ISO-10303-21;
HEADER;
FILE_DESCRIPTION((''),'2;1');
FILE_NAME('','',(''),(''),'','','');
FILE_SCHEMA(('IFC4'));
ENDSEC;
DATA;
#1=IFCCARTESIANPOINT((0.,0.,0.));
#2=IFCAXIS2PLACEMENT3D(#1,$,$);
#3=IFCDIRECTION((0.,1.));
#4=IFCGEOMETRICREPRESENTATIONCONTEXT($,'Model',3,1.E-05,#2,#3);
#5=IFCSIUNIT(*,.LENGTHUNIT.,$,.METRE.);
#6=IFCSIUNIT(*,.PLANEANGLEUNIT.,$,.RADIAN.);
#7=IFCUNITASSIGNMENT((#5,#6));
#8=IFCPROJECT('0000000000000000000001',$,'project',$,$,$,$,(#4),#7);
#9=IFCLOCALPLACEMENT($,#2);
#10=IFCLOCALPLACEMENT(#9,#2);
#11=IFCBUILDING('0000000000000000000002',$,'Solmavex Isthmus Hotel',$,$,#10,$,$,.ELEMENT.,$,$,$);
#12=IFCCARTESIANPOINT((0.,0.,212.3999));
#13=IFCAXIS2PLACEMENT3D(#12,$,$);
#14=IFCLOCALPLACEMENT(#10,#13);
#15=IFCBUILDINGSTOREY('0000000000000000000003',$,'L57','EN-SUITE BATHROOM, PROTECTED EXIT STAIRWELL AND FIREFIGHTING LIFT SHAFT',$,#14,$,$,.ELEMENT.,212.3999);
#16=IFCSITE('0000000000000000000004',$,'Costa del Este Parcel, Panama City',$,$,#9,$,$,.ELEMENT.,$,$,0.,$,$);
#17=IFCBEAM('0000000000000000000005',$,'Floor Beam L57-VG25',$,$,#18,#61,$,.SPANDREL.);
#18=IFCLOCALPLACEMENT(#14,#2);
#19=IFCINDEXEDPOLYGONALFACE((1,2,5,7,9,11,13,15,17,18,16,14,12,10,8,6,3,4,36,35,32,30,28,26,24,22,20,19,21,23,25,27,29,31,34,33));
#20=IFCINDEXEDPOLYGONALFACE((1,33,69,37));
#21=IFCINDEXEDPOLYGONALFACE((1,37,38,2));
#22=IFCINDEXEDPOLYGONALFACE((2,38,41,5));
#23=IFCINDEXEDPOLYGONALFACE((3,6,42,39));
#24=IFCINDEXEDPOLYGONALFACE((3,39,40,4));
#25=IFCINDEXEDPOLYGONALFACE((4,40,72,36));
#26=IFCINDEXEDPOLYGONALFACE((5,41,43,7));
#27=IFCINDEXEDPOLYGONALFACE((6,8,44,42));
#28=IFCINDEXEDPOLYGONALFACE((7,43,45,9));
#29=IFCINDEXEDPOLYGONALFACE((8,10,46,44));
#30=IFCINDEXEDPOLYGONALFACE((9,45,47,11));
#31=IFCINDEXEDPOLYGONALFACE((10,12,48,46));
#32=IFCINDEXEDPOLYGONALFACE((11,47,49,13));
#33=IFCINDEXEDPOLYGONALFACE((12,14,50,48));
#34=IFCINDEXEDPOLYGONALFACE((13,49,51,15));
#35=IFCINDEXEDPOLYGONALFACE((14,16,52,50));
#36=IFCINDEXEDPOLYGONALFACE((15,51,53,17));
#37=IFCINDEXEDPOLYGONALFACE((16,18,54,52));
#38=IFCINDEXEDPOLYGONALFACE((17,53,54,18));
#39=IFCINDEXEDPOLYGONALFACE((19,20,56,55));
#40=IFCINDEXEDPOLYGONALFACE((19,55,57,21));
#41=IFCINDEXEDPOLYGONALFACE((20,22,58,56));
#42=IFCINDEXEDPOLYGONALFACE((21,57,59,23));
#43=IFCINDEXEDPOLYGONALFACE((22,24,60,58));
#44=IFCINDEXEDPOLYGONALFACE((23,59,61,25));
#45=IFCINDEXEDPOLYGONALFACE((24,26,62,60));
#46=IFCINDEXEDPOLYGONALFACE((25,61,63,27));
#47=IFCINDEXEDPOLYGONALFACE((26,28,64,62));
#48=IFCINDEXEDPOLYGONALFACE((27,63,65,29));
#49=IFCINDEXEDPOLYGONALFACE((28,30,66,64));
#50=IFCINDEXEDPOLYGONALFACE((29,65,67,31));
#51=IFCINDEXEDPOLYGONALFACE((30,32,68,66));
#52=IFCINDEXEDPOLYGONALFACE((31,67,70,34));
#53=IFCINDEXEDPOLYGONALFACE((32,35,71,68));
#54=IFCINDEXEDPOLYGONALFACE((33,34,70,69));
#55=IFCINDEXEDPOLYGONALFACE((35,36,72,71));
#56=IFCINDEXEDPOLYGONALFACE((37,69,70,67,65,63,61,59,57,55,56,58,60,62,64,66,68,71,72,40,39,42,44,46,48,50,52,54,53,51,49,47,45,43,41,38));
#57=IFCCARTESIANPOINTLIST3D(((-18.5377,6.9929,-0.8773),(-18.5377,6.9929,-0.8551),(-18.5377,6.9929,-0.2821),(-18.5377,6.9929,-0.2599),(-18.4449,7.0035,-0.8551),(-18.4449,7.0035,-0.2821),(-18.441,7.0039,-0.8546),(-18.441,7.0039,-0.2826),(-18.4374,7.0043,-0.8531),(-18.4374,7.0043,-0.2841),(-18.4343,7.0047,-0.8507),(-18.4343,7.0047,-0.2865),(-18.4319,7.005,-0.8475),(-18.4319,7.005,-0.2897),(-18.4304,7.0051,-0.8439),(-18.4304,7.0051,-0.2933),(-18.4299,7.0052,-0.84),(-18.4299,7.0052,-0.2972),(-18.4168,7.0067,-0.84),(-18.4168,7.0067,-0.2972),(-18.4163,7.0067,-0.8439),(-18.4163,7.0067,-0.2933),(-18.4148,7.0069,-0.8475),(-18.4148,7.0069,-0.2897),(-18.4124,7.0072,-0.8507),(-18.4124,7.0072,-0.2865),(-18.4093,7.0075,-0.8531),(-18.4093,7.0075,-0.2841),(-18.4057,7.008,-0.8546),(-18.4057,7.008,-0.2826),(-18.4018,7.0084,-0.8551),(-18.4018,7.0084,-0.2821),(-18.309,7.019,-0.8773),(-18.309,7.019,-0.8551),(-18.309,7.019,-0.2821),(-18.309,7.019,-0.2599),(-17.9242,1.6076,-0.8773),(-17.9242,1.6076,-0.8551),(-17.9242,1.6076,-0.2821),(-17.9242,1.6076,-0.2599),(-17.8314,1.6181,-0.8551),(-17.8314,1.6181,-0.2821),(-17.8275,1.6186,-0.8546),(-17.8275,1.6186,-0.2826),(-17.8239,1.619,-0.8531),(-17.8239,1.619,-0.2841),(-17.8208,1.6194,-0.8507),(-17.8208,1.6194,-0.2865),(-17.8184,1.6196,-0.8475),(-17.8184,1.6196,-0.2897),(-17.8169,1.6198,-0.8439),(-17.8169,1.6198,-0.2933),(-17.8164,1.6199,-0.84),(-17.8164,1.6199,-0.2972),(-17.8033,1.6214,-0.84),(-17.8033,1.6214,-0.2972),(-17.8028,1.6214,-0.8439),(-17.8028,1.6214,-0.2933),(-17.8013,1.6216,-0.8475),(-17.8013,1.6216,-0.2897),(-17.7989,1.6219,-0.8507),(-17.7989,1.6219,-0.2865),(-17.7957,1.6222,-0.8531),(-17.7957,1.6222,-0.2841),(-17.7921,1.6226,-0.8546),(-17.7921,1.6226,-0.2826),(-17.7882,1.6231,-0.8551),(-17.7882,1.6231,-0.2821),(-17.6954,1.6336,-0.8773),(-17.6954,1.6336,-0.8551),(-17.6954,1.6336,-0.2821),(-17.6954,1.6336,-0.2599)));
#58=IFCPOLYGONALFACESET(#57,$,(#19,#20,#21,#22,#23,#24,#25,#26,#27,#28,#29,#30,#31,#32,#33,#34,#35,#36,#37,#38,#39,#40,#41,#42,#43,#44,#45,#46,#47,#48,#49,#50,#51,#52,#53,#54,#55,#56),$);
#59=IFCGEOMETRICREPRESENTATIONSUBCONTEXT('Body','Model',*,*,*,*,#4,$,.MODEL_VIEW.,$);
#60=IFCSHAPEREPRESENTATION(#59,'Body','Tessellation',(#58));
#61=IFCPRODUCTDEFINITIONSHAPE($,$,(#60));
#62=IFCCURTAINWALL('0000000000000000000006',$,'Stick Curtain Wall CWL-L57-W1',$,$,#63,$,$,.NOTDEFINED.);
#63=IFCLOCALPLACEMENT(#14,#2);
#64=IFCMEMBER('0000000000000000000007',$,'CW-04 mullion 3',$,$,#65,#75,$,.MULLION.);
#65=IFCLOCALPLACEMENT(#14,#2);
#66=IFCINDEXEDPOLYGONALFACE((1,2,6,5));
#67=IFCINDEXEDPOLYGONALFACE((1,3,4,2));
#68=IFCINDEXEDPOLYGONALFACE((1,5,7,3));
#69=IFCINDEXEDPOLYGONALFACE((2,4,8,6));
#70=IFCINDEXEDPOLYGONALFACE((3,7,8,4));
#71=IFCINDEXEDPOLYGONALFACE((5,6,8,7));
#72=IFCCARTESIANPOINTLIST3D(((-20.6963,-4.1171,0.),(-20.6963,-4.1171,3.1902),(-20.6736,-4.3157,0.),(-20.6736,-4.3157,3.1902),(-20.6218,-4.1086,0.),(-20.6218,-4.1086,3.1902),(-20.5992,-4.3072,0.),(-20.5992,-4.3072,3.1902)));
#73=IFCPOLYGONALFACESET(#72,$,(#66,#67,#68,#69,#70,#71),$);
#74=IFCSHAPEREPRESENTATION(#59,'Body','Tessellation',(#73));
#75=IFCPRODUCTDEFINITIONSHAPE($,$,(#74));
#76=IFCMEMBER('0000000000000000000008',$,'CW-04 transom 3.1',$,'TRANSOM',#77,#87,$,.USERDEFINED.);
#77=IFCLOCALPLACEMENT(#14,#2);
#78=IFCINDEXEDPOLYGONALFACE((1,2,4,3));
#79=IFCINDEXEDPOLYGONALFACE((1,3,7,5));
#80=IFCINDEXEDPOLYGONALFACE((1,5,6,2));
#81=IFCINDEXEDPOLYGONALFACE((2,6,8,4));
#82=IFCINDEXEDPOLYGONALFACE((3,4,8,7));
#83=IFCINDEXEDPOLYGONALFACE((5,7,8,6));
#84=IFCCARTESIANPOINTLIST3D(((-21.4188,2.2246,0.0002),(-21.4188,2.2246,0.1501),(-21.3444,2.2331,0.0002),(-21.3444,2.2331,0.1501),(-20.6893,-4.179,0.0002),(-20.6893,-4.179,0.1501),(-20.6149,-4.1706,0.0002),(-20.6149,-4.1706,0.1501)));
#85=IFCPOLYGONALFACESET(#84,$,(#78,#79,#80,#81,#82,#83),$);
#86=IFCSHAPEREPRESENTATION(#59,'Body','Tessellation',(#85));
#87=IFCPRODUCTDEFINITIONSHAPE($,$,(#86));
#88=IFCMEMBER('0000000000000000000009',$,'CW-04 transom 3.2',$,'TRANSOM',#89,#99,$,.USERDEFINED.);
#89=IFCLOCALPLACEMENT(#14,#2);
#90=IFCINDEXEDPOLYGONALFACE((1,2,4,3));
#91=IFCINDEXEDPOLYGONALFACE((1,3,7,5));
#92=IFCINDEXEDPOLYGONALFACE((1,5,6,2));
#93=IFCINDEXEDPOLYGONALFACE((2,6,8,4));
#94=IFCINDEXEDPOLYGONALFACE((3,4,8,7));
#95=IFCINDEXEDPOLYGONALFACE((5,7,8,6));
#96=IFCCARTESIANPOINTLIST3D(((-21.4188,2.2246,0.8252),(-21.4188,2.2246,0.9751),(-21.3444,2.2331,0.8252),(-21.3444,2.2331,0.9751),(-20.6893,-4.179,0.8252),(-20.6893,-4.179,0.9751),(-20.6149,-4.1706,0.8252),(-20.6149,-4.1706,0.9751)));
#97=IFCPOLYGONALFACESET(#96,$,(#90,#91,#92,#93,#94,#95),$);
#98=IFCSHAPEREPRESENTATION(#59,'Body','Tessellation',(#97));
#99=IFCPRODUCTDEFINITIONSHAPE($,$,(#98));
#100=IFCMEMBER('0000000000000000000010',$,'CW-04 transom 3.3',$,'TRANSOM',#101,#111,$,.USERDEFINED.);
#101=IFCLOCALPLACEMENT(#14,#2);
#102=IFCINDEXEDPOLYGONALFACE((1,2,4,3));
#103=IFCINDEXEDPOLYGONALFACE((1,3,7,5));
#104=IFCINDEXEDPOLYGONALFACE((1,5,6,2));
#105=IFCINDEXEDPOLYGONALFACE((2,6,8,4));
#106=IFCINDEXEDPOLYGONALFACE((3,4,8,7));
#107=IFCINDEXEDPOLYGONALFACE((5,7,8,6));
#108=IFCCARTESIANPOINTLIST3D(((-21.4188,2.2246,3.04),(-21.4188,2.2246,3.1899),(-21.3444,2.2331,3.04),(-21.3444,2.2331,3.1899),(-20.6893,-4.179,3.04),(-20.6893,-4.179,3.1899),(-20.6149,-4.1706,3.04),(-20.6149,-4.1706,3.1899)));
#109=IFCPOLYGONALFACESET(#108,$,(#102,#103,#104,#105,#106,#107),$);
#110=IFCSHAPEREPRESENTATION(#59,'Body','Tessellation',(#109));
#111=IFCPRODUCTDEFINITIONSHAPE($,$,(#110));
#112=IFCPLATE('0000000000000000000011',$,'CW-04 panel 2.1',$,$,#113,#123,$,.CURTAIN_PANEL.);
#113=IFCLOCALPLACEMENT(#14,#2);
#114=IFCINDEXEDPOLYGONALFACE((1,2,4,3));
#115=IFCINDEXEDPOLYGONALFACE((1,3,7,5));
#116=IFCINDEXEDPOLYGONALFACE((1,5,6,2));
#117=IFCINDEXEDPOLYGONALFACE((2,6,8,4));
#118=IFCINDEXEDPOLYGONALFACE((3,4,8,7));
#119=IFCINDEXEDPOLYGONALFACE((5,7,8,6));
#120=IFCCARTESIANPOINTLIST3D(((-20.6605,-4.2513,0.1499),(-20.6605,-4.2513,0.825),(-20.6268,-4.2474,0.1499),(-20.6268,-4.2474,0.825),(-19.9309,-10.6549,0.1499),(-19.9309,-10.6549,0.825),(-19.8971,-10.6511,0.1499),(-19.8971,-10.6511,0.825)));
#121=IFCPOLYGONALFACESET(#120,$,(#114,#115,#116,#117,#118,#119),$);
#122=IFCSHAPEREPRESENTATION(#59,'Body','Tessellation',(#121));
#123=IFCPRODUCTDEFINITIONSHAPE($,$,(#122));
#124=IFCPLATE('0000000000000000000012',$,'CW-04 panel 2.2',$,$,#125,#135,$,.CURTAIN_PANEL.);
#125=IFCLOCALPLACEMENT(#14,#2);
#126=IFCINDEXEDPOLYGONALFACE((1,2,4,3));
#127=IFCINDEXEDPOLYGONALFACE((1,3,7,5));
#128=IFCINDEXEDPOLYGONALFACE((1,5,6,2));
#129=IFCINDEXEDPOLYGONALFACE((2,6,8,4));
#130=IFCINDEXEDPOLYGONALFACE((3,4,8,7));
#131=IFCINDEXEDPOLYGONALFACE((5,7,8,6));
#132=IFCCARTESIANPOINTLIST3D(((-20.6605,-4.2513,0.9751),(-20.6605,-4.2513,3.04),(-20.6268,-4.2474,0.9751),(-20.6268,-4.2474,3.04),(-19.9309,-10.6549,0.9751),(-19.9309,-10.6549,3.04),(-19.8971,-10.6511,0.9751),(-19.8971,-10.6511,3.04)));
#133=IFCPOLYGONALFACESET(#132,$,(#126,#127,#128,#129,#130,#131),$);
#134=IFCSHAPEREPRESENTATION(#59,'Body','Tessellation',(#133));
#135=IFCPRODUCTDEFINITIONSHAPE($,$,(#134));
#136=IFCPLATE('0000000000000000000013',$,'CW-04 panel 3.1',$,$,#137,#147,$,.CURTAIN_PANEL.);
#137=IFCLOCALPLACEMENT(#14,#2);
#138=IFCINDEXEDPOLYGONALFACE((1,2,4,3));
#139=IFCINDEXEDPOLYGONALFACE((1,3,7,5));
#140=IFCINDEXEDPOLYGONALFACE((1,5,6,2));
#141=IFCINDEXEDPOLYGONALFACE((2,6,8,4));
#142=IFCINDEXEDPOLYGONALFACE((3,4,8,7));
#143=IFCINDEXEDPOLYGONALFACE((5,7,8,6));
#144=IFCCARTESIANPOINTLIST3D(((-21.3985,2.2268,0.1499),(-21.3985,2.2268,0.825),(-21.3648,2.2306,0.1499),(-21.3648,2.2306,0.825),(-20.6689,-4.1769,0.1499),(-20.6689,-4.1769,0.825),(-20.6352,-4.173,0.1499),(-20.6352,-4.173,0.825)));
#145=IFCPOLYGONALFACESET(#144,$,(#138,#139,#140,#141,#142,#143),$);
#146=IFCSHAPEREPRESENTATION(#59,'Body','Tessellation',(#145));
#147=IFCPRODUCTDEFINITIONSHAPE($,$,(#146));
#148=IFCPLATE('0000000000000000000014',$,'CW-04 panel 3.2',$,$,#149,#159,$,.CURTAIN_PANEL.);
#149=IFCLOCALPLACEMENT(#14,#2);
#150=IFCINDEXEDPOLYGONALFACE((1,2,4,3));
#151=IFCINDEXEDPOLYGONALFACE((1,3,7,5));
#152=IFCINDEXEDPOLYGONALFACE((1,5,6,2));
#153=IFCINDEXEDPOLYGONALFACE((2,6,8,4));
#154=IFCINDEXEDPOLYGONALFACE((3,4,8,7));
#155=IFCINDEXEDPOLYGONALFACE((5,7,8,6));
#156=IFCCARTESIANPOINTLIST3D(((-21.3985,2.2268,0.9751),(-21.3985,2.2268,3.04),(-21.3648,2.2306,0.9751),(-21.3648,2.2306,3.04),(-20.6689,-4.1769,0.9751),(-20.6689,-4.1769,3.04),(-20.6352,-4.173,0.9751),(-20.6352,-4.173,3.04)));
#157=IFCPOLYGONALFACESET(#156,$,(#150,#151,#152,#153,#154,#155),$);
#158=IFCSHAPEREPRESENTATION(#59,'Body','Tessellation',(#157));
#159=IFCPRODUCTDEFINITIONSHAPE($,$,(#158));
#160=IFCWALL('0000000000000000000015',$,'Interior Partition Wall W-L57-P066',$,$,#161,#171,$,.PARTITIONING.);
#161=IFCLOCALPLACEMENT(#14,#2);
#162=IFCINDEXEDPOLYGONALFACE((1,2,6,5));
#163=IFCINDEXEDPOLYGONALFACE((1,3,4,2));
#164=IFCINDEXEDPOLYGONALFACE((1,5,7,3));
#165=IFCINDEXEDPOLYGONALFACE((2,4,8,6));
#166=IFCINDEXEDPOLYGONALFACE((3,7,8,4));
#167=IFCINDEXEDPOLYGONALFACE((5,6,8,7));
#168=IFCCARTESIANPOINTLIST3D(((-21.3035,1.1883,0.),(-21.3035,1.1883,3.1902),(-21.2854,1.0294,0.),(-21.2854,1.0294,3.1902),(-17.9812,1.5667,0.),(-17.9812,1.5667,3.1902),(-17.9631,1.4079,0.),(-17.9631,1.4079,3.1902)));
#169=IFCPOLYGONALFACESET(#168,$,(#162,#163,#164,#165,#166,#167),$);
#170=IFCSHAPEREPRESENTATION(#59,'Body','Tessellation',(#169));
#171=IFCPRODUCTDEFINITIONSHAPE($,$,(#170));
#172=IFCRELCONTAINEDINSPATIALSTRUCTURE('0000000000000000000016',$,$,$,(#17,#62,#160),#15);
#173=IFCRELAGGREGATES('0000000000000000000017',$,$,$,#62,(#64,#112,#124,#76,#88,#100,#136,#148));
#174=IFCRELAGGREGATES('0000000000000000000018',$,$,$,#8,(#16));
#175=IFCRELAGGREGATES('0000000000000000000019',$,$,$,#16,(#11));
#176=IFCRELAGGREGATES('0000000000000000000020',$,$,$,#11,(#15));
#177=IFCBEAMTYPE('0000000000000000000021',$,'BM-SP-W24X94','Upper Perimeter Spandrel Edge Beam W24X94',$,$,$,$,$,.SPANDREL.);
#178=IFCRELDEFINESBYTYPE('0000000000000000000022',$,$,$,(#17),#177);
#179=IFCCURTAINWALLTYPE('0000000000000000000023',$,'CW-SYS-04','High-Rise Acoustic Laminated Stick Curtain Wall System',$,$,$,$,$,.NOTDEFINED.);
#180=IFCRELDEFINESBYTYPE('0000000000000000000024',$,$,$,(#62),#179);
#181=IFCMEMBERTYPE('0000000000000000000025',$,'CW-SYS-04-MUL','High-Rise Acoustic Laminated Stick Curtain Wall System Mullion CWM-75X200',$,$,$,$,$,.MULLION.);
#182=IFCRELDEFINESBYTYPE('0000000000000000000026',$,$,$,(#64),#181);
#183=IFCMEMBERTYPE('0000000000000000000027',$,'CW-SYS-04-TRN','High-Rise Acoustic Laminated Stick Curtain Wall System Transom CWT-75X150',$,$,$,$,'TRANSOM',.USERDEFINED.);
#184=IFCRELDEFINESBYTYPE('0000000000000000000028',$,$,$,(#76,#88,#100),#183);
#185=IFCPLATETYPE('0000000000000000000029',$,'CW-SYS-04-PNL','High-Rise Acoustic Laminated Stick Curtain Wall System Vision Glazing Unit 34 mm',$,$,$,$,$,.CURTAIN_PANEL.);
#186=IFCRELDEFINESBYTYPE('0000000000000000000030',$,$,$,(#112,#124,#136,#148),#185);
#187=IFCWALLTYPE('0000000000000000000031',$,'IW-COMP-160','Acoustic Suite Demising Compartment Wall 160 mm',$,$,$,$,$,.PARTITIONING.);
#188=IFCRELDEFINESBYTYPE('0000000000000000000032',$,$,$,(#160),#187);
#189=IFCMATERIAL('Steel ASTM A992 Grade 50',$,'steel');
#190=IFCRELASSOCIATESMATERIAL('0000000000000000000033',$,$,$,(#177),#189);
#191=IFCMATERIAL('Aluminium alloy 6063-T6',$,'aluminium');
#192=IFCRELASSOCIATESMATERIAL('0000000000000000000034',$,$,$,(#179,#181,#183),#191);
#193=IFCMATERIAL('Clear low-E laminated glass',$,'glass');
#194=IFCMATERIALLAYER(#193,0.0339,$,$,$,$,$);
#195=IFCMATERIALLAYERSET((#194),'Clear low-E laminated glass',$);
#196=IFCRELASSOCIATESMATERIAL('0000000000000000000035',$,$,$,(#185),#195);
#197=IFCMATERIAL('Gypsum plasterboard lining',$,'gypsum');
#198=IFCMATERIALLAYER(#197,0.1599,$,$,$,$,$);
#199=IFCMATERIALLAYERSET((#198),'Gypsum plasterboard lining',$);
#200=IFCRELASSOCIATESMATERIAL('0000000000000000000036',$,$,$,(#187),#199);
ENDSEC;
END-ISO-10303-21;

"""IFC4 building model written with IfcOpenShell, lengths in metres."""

from ifc_helpers import new_model, si_unit, direction, frame, frame_2d, origin, origin_2d, place, context, subcontext, project, spatial, rectangle, i_section, extrude, material, layer, layer_set, material_profile, profile_set, type_object, element, aggregate, save


model = new_model("IFC4")

# Units and contexts
model_context = context("Model", 3, precision=1e-05, world=origin(), true_north=direction((0.0, 1.0)))
body_context = subcontext(model_context, "Body", "Model", "MODEL_VIEW")
ifc_project = project(units=[si_unit("LENGTHUNIT", "METRE"), si_unit("PLANEANGLEUNIT", "RADIAN")], contexts=[model_context])

# Site, building, storey
site_placement = place(None, origin())
site = spatial("IfcSite", under=ifc_project, at=site_placement, Name="Costa del Este Parcel, Panama City", CompositionType="ELEMENT", RefElevation=0.0)
building_placement = place(site_placement, origin())
building = spatial("IfcBuilding", under=site, at=building_placement, Name="Solmavex Isthmus Hotel", CompositionType="ELEMENT")
storey_placement = place(building_placement, frame((0.0, 0.0, 212.3999)))
storey = spatial("IfcBuildingStorey", under=building, at=storey_placement, Name="L57", Description="EN-SUITE BATHROOM, PROTECTED EXIT STAIRWELL AND FIREFIGHTING LIFT SHAFT", CompositionType="ELEMENT", Elevation=212.3999)

# Beam
ifc_material_1 = material(Name="Steel ASTM A992 Grade 50", Category="steel")
ifc_material_profile_1 = material_profile(ifc_material_1, i_section(OverallWidth=0.2302, OverallDepth=0.6174, WebThickness=0.0132, FlangeThickness=0.0222, FilletRadius=0.0151, at=origin_2d()), Name="W24X94")
ifc_profile_set_1 = profile_set([ifc_material_profile_1], Name="Steel ASTM A992 Grade 50")
beam_type_1 = type_object("IfcBeamType", Name="BM-SP-W24X94", Description="Upper Perimeter Spandrel Edge Beam W24X94", PredefinedType="SPANDREL", material=ifc_profile_set_1)
beam_1_placement = place(storey_placement, frame((-17.8098, 1.6206, -0.5686), z_axis=(-0.113195, 0.993573, 0.0), x_axis=(-0.993573, -0.113195, 0.0)))
element("IfcBeam", 1, at=beam_1_placement, inside=storey, type_object=beam_type_1, Name="Floor Beam L57-VG25", PredefinedType="SPANDREL", context=body_context, shape_type="SweptSolid", body=[
    extrude(i_section(OverallWidth=0.2302, OverallDepth=0.6174, WebThickness=0.0132, FlangeThickness=0.0222, FilletRadius=0.0151, at=origin_2d()), origin(), (0.0, 0.0, 1.0), 5.4202),
])

# Curtain wall, members, plates
ifc_material_2 = material(Name="Aluminium alloy 6063-T6", Category="aluminium")
curtain_wall_type = type_object("IfcCurtainWallType", Name="CW-SYS-04", Description="High-Rise Acoustic Laminated Stick Curtain Wall System", PredefinedType="NOTDEFINED", material=ifc_material_2)
curtain_wall_placement = place(storey_placement, origin())
curtain_wall = element("IfcCurtainWall", 2, at=curtain_wall_placement, inside=storey, type_object=curtain_wall_type, Name="Stick Curtain Wall CWL-L57-W1", PredefinedType="NOTDEFINED")
ifc_material_profile_2 = material_profile(ifc_material_2, rectangle(XDim=0.075, YDim=0.2, at=origin_2d()), Name="CWM-75X200")
ifc_profile_set_2 = profile_set([ifc_material_profile_2], Name="Aluminium alloy 6063-T6")
member_type_1 = type_object("IfcMemberType", Name="CW-SYS-04-MUL", Description="High-Rise Acoustic Laminated Stick Curtain Wall System Mullion CWM-75X200", PredefinedType="MULLION", material=ifc_profile_set_2)
member_1_placement = place(storey_placement, frame((-20.6477, -4.2122, 0.0), z_axis=(0.0, 0.0, 1.0), x_axis=(-0.993572, -0.113203, 0.0)))
member_1 = element("IfcMember", 3, at=member_1_placement, type_object=member_type_1, Name="CW-04 mullion 3", PredefinedType="MULLION", context=body_context, shape_type="SweptSolid", body=[
    extrude(rectangle(XDim=0.075, YDim=0.2, at=origin_2d()), origin(), (0.0, 0.0, 1.0), 3.1902),
])
ifc_material_profile_3 = material_profile(ifc_material_2, rectangle(XDim=0.075, YDim=0.1499, at=origin_2d()), Name="CWT-75X150")
ifc_profile_set_3 = profile_set([ifc_material_profile_3], Name="Aluminium alloy 6063-T6")
member_type_2 = type_object("IfcMemberType", Name="CW-SYS-04-TRN", Description="High-Rise Acoustic Laminated Stick Curtain Wall System Transom CWT-75X150", ElementType="TRANSOM", PredefinedType="USERDEFINED", material=ifc_profile_set_3)
member_2_placement = place(storey_placement, frame((-20.6521, -4.1748, 0.0752), z_axis=(-0.113188, 0.993574, 0.0), x_axis=(-0.993574, -0.113188, 0.0)))
member_2 = element("IfcMember", 4, at=member_2_placement, type_object=member_type_2, Name="CW-04 transom 3.1", ObjectType="TRANSOM", PredefinedType="USERDEFINED", context=body_context, shape_type="SweptSolid", body=[
    extrude(rectangle(XDim=0.075, YDim=0.1499, at=origin_2d()), origin(), (0.0, 0.0, 1.0), 6.4451),
])
member_3_placement = place(storey_placement, frame((-20.6521, -4.1748, 0.9001), z_axis=(-0.113188, 0.993574, 0.0), x_axis=(-0.993574, -0.113188, 0.0)))
member_3 = element("IfcMember", 5, at=member_3_placement, type_object=member_type_2, Name="CW-04 transom 3.2", ObjectType="TRANSOM", PredefinedType="USERDEFINED", context=body_context, shape_type="SweptSolid", body=[
    extrude(rectangle(XDim=0.075, YDim=0.1499, at=origin_2d()), origin(), (0.0, 0.0, 1.0), 6.4451),
])
member_4_placement = place(storey_placement, frame((-20.6521, -4.1748, 3.115), z_axis=(-0.113188, 0.993574, 0.0), x_axis=(-0.993574, -0.113188, 0.0)))
member_4 = element("IfcMember", 6, at=member_4_placement, type_object=member_type_2, Name="CW-04 transom 3.3", ObjectType="TRANSOM", PredefinedType="USERDEFINED", context=body_context, shape_type="SweptSolid", body=[
    extrude(rectangle(XDim=0.075, YDim=0.1499, at=origin_2d()), origin(), (0.0, 0.0, 1.0), 6.4451),
])
ifc_material_3 = material(Name="Clear low-E laminated glass", Category="glass")
ifc_layer_1 = layer(ifc_material_3, 0.0339)
ifc_layer_set_1 = layer_set([ifc_layer_1], Name="Clear low-E laminated glass")
plate_type = type_object("IfcPlateType", Name="CW-SYS-04-PNL", Description="High-Rise Acoustic Laminated Stick Curtain Wall System Vision Glazing Unit 34 mm", PredefinedType="CURTAIN_PANEL", material=ifc_layer_set_1)
plate_1_placement = place(storey_placement, frame((-20.2788, -7.4512, 0.1499), z_axis=(0.0, 0.0, 1.0), x_axis=(-0.113203, 0.993572, 0.0)))
plate_1 = element("IfcPlate", 7, at=plate_1_placement, type_object=plate_type, Name="CW-04 panel 2.1", PredefinedType="CURTAIN_PANEL", context=body_context, shape_type="SweptSolid", body=[
    extrude(rectangle(XDim=6.4451, YDim=0.0339, at=origin_2d()), origin(), (0.0, 0.0, 1.0), 0.675),
])
plate_2_placement = place(storey_placement, frame((-20.2788, -7.4512, 0.9751), z_axis=(0.0, 0.0, 1.0), x_axis=(-0.113203, 0.993572, 0.0)))
plate_2 = element("IfcPlate", 8, at=plate_2_placement, type_object=plate_type, Name="CW-04 panel 2.2", PredefinedType="CURTAIN_PANEL", context=body_context, shape_type="SweptSolid", body=[
    extrude(rectangle(XDim=6.4451, YDim=0.0339, at=origin_2d()), origin(), (0.0, 0.0, 1.0), 2.0649),
])
plate_3_placement = place(storey_placement, frame((-21.0168, -0.9731, 0.1499), z_axis=(0.0, 0.0, 1.0), x_axis=(-0.113203, 0.993572, 0.0)))
plate_3 = element("IfcPlate", 9, at=plate_3_placement, type_object=plate_type, Name="CW-04 panel 3.1", PredefinedType="CURTAIN_PANEL", context=body_context, shape_type="SweptSolid", body=[
    extrude(rectangle(XDim=6.4451, YDim=0.0339, at=origin_2d()), origin(), (0.0, 0.0, 1.0), 0.675),
])
plate_4_placement = place(storey_placement, frame((-21.0168, -0.9731, 0.9751), z_axis=(0.0, 0.0, 1.0), x_axis=(-0.113203, 0.993572, 0.0)))
plate_4 = element("IfcPlate", 10, at=plate_4_placement, type_object=plate_type, Name="CW-04 panel 3.2", PredefinedType="CURTAIN_PANEL", context=body_context, shape_type="SweptSolid", body=[
    extrude(rectangle(XDim=6.4451, YDim=0.0339, at=origin_2d()), origin(), (0.0, 0.0, 1.0), 2.0649),
])
aggregate(curtain_wall, [member_1, plate_1, plate_2, member_2, member_3, member_4, plate_3, plate_4])

# Wall
ifc_material_4 = material(Name="Gypsum plasterboard lining", Category="gypsum")
ifc_layer_2 = layer(ifc_material_4, 0.1599)
ifc_layer_set_2 = layer_set([ifc_layer_2], Name="Gypsum plasterboard lining")
wall_type_1 = type_object("IfcWallType", Name="IW-COMP-160", Description="Acoustic Suite Demising Compartment Wall 160 mm", PredefinedType="PARTITIONING", material=ifc_layer_set_2)
wall_1_placement = place(storey_placement, frame((-17.9722, 1.4873, 0.0), z_axis=(0.0, 0.0, 1.0), x_axis=(-0.993575, -0.113172, 0.0)))
element("IfcWall", 11, at=wall_1_placement, inside=storey, type_object=wall_type_1, Name="Interior Partition Wall W-L57-P066", PredefinedType="PARTITIONING", context=body_context, shape_type="SweptSolid", body=[
    extrude(rectangle(XDim=3.3438, YDim=0.1599, at=frame_2d((1.6719, 0.0))), origin(), (0.0, 0.0, 1.0), 3.1902),
])

save(model, "model.ifc")
